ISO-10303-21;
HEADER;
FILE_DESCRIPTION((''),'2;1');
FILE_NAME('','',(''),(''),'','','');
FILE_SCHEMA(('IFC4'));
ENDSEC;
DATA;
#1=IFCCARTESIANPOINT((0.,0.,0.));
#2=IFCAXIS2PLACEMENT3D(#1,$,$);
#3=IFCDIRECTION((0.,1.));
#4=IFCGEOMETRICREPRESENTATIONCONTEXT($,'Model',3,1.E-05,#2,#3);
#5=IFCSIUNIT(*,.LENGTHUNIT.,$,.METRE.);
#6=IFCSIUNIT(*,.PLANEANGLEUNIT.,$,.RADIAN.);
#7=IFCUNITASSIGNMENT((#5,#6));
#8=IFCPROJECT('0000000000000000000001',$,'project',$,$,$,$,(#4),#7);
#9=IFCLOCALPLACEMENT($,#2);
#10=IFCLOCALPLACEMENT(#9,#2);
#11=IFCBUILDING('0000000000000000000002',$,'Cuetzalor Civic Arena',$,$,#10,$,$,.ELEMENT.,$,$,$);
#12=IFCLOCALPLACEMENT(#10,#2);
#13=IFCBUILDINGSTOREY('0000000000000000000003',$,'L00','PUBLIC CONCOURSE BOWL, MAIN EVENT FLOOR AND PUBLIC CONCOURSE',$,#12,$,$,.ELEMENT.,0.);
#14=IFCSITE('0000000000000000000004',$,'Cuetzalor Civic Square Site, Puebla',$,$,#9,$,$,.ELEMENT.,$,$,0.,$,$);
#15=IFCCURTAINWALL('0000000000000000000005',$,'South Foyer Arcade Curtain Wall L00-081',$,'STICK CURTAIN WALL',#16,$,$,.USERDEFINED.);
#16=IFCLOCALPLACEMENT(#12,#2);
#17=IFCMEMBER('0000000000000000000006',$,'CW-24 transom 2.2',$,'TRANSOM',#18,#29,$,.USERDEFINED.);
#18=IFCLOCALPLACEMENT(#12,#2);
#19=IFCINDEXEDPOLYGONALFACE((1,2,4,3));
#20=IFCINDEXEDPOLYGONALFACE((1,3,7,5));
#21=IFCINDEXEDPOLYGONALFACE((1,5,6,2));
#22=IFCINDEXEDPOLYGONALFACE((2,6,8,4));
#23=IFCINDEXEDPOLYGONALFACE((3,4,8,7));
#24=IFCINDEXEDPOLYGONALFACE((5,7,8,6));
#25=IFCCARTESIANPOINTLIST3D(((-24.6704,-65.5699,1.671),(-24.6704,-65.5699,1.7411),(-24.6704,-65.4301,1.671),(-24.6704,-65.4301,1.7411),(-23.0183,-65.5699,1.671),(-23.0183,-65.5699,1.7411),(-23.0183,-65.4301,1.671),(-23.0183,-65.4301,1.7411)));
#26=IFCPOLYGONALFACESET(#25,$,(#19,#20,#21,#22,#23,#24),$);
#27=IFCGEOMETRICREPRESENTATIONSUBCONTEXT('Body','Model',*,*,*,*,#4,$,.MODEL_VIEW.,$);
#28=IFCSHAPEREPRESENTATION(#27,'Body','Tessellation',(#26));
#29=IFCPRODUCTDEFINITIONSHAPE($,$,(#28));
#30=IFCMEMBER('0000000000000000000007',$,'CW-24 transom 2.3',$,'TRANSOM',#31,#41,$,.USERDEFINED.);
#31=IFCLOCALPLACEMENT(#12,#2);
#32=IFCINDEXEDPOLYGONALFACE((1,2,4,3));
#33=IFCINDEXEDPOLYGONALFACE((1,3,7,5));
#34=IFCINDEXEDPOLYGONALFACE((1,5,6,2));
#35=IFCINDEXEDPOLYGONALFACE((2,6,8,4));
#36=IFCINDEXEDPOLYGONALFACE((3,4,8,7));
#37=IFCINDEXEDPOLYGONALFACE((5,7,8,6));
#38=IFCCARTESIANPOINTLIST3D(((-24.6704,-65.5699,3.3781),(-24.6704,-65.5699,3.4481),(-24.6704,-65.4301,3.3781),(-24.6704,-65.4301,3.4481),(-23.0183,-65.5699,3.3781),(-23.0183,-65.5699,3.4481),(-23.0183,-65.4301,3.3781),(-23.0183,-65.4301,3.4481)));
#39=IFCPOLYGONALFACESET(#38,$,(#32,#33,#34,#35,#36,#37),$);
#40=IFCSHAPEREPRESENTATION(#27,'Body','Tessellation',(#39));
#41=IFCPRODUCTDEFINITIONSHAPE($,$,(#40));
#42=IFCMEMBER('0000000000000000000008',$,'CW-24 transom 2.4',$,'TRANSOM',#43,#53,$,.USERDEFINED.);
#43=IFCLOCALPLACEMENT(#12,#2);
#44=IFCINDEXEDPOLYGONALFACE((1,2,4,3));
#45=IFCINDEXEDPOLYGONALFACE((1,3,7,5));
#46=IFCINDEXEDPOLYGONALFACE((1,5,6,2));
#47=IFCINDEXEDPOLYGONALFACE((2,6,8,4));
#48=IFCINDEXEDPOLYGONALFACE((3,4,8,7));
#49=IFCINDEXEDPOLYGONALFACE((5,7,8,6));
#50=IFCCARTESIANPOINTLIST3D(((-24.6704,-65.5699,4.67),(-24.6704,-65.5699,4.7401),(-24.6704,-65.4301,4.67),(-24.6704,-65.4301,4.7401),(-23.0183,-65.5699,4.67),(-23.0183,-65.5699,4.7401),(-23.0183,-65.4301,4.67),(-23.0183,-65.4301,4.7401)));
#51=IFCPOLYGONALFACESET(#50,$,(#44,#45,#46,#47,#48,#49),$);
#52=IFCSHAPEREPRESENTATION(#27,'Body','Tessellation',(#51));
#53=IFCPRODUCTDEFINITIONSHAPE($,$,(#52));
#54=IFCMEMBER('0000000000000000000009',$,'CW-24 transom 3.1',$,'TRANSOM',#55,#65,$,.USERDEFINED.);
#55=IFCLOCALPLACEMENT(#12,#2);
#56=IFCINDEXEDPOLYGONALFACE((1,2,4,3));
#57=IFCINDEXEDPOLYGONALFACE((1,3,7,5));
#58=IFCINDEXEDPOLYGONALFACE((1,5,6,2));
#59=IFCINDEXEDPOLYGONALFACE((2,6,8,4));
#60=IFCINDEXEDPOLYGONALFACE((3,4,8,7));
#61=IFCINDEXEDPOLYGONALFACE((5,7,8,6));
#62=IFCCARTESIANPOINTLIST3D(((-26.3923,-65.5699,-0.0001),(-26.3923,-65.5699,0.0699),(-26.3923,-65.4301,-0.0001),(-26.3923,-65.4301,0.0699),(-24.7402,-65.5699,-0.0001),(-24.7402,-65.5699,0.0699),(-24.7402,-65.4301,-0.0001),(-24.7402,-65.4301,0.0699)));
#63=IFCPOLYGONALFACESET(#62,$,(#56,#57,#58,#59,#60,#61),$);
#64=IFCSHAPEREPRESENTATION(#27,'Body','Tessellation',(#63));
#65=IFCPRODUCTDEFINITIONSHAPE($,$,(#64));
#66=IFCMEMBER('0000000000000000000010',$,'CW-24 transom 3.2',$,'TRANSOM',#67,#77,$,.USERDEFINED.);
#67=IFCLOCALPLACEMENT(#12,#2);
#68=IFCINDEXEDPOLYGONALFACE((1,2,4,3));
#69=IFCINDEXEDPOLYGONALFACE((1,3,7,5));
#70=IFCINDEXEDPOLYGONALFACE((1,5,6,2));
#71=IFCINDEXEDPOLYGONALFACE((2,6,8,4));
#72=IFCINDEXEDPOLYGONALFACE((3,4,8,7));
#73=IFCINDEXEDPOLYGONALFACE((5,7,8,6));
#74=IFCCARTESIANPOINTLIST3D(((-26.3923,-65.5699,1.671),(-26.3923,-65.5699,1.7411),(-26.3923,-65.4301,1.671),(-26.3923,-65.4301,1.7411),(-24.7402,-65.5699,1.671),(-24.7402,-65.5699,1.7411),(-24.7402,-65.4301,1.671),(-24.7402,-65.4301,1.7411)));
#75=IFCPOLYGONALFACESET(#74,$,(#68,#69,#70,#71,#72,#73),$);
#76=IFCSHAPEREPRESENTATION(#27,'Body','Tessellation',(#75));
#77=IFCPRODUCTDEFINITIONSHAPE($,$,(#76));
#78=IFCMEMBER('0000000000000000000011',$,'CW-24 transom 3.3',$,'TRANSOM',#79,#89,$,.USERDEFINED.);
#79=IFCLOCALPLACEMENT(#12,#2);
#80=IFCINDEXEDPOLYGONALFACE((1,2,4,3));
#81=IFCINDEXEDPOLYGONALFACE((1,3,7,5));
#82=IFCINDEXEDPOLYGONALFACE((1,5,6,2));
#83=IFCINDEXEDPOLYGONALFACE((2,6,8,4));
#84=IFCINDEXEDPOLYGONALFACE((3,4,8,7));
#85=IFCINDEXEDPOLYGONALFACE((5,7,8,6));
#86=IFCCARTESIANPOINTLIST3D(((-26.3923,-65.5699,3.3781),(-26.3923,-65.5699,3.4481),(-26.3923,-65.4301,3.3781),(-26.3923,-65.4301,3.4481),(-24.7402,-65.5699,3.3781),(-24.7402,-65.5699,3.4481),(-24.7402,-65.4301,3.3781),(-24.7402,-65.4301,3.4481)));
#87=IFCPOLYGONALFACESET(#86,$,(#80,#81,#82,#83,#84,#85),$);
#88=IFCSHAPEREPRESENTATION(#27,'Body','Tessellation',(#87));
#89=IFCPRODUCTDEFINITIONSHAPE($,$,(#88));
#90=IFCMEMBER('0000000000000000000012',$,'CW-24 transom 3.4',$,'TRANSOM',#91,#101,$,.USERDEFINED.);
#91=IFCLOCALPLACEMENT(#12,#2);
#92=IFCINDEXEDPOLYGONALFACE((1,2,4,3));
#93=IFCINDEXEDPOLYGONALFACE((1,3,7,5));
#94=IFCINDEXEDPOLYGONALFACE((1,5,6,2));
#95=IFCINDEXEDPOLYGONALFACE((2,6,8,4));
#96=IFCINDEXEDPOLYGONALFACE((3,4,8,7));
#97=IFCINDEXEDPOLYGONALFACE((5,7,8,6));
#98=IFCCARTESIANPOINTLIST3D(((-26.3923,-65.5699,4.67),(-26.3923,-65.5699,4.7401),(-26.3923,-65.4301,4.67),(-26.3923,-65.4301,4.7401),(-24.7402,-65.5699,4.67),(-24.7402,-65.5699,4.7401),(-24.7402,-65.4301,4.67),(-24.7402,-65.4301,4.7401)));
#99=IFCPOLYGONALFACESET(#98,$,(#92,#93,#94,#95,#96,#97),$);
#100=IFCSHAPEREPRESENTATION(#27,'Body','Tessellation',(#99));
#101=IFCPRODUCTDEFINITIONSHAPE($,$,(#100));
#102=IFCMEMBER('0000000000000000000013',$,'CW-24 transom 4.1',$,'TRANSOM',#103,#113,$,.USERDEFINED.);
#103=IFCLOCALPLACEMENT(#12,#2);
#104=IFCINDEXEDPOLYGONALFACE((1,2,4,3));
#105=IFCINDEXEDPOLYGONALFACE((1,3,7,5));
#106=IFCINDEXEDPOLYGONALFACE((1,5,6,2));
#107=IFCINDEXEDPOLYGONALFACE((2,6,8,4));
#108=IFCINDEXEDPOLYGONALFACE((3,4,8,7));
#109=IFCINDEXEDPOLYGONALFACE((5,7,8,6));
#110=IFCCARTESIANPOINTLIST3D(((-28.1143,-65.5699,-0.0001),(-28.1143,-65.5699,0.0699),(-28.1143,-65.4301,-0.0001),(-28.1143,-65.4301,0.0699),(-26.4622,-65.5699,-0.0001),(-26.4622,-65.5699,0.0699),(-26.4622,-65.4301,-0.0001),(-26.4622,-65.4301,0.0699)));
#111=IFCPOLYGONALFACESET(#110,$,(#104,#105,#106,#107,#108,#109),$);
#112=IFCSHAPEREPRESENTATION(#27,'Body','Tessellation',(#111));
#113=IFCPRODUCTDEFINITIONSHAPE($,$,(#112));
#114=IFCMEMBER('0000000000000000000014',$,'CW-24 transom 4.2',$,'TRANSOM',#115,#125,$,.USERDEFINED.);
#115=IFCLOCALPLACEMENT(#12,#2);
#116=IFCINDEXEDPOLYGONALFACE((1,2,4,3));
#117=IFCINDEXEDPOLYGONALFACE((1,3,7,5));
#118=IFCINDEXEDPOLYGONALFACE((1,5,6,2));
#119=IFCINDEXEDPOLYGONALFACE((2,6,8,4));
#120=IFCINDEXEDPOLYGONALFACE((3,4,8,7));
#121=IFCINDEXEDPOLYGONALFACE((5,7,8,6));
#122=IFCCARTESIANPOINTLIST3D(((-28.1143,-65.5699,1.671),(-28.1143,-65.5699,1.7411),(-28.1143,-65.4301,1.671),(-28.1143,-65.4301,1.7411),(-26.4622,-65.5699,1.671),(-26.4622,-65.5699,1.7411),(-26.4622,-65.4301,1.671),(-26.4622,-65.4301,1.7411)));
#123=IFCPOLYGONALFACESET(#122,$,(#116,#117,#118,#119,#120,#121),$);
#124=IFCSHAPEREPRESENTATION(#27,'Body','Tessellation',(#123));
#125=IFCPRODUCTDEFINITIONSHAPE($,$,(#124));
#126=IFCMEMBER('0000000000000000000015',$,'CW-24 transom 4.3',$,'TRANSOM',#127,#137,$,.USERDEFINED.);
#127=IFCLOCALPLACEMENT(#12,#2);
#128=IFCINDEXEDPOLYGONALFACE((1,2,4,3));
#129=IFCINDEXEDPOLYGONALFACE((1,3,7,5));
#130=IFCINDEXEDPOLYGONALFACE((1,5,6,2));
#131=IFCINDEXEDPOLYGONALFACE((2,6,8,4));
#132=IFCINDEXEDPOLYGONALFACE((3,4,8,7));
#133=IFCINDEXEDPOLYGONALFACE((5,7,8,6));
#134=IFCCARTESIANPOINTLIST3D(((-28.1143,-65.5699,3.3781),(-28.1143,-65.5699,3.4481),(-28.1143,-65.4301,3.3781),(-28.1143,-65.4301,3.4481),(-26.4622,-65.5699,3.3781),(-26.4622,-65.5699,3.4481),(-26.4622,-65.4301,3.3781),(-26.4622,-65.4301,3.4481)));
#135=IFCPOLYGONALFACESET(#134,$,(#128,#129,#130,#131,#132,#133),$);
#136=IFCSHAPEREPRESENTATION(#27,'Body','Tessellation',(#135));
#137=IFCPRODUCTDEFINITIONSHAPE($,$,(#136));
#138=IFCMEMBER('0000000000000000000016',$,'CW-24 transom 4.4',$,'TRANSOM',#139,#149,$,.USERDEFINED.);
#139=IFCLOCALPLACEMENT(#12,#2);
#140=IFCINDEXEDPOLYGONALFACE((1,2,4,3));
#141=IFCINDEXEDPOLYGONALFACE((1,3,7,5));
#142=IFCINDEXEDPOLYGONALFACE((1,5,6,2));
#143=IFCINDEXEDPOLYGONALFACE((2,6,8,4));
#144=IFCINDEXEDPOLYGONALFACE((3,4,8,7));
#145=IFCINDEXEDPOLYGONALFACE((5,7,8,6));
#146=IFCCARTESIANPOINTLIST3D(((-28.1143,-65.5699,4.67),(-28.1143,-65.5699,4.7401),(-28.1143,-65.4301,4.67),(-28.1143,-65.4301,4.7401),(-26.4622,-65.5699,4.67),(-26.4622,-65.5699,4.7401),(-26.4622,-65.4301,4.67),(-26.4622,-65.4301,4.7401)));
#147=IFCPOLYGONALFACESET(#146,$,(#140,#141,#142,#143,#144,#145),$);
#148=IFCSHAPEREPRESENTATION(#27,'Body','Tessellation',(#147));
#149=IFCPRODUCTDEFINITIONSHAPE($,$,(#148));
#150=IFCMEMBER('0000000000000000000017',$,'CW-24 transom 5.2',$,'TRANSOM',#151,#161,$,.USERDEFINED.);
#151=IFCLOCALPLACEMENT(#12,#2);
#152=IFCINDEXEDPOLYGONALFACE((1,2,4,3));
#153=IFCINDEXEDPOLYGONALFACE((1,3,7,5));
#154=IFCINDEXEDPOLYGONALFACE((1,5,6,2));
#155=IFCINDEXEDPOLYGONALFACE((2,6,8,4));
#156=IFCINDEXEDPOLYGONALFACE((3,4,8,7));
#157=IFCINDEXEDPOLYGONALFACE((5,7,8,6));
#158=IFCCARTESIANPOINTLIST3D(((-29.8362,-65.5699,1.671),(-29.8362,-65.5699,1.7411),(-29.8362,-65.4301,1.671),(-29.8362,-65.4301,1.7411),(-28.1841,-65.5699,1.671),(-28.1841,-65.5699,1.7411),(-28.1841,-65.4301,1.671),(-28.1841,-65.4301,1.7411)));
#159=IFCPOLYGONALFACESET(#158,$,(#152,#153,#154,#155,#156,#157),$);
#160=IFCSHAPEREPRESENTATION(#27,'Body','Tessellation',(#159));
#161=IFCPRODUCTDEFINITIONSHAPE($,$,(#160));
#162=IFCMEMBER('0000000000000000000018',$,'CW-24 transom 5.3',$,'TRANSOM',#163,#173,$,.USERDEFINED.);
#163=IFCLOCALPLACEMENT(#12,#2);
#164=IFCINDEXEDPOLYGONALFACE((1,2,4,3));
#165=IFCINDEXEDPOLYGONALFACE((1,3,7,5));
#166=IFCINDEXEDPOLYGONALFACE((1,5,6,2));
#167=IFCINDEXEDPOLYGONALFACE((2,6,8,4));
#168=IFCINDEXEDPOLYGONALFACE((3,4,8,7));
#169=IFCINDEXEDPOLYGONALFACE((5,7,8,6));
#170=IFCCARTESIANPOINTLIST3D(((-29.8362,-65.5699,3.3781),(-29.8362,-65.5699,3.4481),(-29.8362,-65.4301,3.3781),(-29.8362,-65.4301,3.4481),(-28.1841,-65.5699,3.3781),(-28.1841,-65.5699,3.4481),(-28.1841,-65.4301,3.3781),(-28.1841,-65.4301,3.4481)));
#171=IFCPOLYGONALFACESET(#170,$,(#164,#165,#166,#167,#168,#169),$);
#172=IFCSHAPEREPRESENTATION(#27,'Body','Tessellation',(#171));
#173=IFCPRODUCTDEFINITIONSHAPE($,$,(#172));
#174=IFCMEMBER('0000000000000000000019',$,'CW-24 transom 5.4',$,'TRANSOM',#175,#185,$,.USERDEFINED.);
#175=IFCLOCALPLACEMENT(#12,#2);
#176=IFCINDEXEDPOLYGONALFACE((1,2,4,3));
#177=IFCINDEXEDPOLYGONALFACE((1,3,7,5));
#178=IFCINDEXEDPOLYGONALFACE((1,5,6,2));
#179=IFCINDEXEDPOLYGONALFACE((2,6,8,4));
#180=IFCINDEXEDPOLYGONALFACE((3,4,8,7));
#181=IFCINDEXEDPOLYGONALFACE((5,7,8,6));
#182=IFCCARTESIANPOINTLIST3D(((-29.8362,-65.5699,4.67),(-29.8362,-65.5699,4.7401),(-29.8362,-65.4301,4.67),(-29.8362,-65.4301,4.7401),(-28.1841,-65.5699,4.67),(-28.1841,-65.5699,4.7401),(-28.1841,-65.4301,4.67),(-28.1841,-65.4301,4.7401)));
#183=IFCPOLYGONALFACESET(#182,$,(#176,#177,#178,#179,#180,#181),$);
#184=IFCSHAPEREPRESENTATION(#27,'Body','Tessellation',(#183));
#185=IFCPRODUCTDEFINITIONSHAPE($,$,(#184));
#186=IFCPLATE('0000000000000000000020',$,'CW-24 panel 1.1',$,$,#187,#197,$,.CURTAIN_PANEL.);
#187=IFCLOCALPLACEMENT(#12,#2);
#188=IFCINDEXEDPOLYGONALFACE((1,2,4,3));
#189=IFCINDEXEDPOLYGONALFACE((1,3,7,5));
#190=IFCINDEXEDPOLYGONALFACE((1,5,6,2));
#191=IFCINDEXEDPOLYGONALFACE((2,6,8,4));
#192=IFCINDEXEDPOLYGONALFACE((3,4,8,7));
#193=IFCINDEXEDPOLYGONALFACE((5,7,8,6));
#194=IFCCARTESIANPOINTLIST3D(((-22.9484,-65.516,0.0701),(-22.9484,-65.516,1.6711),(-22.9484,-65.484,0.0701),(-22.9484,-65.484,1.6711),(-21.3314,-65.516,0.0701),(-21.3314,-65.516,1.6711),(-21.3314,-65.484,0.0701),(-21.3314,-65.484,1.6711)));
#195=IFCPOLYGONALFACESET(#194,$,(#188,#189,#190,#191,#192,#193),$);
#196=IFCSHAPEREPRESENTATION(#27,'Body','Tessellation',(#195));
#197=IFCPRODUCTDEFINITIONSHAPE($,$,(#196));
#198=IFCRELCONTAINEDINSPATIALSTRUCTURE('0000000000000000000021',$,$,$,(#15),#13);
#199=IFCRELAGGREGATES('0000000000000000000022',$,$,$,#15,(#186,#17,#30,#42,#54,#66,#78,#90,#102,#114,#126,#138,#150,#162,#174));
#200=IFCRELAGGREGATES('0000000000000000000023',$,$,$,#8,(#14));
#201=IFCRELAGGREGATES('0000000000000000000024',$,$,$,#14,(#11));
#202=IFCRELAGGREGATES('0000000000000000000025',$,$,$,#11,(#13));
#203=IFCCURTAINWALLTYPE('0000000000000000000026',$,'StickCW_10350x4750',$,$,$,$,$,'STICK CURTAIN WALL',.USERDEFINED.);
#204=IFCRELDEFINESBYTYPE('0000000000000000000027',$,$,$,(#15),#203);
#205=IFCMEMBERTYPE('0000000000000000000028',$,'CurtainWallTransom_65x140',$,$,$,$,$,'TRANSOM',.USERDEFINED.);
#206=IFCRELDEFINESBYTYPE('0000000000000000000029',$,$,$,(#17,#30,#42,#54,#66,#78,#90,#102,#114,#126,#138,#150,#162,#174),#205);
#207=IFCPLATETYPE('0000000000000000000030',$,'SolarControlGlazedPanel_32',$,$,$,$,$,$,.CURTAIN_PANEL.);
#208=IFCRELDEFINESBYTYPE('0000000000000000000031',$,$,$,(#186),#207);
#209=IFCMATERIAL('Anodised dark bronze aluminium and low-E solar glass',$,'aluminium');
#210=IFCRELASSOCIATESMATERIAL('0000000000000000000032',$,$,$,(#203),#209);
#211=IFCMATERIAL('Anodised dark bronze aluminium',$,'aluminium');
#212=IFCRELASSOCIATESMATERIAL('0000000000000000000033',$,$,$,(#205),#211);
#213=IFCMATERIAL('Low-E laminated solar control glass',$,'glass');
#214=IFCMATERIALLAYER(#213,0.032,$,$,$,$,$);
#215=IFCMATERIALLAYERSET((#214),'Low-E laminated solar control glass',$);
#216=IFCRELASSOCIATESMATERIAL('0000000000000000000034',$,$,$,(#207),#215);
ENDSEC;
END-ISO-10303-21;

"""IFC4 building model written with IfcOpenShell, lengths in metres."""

from ifc_helpers import new_model, si_unit, direction, frame, origin, origin_2d, place, context, subcontext, project, spatial, rectangle, extrude, material, layer, layer_set, material_profile, profile_set, type_object, element, aggregate, save


model = new_model("IFC4")

# Units and contexts
model_context = context("Model", 3, precision=1e-05, world=origin(), true_north=direction((0.0, 1.0)))
body_context = subcontext(model_context, "Body", "Model", "MODEL_VIEW")
ifc_project = project(units=[si_unit("LENGTHUNIT", "METRE"), si_unit("PLANEANGLEUNIT", "RADIAN")], contexts=[model_context])

# Site, building, storey
site_placement = place(None, origin())
site = spatial("IfcSite", under=ifc_project, at=site_placement, Name="Cuetzalor Civic Square Site, Puebla", CompositionType="ELEMENT", RefElevation=0.0)
building_placement = place(site_placement, origin())
building = spatial("IfcBuilding", under=site, at=building_placement, Name="Cuetzalor Civic Arena", CompositionType="ELEMENT")
storey_placement = place(building_placement, origin())
storey = spatial("IfcBuildingStorey", under=building, at=storey_placement, Name="L00", Description="PUBLIC CONCOURSE BOWL, MAIN EVENT FLOOR AND PUBLIC CONCOURSE", CompositionType="ELEMENT", Elevation=0.0)

# Curtain wall, members, plate
ifc_material_1 = material(Name="Anodised dark bronze aluminium and low-E solar glass", Category="aluminium")
curtain_wall_type = type_object("IfcCurtainWallType", Name="StickCW_10350x4750", ElementType="STICK CURTAIN WALL", PredefinedType="USERDEFINED", material=ifc_material_1)
curtain_wall_placement = place(storey_placement, origin())
curtain_wall = element("IfcCurtainWall", 1, at=curtain_wall_placement, inside=storey, type_object=curtain_wall_type, Name="South Foyer Arcade Curtain Wall L00-081", ObjectType="STICK CURTAIN WALL", PredefinedType="USERDEFINED")
ifc_material_2 = material(Name="Anodised dark bronze aluminium", Category="aluminium")
ifc_material_profile_1 = material_profile(ifc_material_2, rectangle(XDim=0.1399, YDim=0.0701, at=origin_2d()), Name="ALU TRANSOM 70x140")
ifc_profile_set_1 = profile_set([ifc_material_profile_1], Name="Anodised dark bronze aluminium")
member_type_1 = type_object("IfcMemberType", Name="CurtainWallTransom_65x140", ElementType="TRANSOM", PredefinedType="USERDEFINED", material=ifc_profile_set_1)
member_1_placement = place(storey_placement, frame((-23.0183, -65.5, 1.7061), z_axis=(-1.0, 0.0, 0.0), x_axis=(0.0, -1.0, 0.0)))
member_1 = element("IfcMember", 2, at=member_1_placement, type_object=member_type_1, Name="CW-24 transom 2.2", ObjectType="TRANSOM", PredefinedType="USERDEFINED", context=body_context, shape_type="SweptSolid", body=[
    extrude(rectangle(XDim=0.1399, YDim=0.0701, at=origin_2d()), origin(), (0.0, 0.0, 1.0), 1.6521),
])
member_2_placement = place(storey_placement, frame((-23.0183, -65.5, 3.4131), z_axis=(-1.0, 0.0, 0.0), x_axis=(0.0, -1.0, 0.0)))
member_2 = element("IfcMember", 3, at=member_2_placement, type_object=member_type_1, Name="CW-24 transom 2.3", ObjectType="TRANSOM", PredefinedType="USERDEFINED", context=body_context, shape_type="SweptSolid", body=[
    extrude(rectangle(XDim=0.1399, YDim=0.0701, at=origin_2d()), origin(), (0.0, 0.0, 1.0), 1.6521),
])
member_3_placement = place(storey_placement, frame((-23.0183, -65.5, 4.7051), z_axis=(-1.0, 0.0, 0.0), x_axis=(0.0, -1.0, 0.0)))
member_3 = element("IfcMember", 4, at=member_3_placement, type_object=member_type_1, Name="CW-24 transom 2.4", ObjectType="TRANSOM", PredefinedType="USERDEFINED", context=body_context, shape_type="SweptSolid", body=[
    extrude(rectangle(XDim=0.1399, YDim=0.0701, at=origin_2d()), origin(), (0.0, 0.0, 1.0), 1.6521),
])
member_4_placement = place(storey_placement, frame((-24.7402, -65.5, 0.0349), z_axis=(-1.0, 0.0, 0.0), x_axis=(0.0, -1.0, 0.0)))
member_4 = element("IfcMember", 5, at=member_4_placement, type_object=member_type_1, Name="CW-24 transom 3.1", ObjectType="TRANSOM", PredefinedType="USERDEFINED", context=body_context, shape_type="SweptSolid", body=[
    extrude(rectangle(XDim=0.1399, YDim=0.0701, at=origin_2d()), origin(), (0.0, 0.0, 1.0), 1.6521),
])
member_5_placement = place(storey_placement, frame((-24.7402, -65.5, 1.7061), z_axis=(-1.0, 0.0, 0.0), x_axis=(0.0, -1.0, 0.0)))
member_5 = element("IfcMember", 6, at=member_5_placement, type_object=member_type_1, Name="CW-24 transom 3.2", ObjectType="TRANSOM", PredefinedType="USERDEFINED", context=body_context, shape_type="SweptSolid", body=[
    extrude(rectangle(XDim=0.1399, YDim=0.0701, at=origin_2d()), origin(), (0.0, 0.0, 1.0), 1.6521),
])
member_6_placement = place(storey_placement, frame((-24.7402, -65.5, 3.4131), z_axis=(-1.0, 0.0, 0.0), x_axis=(0.0, -1.0, 0.0)))
member_6 = element("IfcMember", 7, at=member_6_placement, type_object=member_type_1, Name="CW-24 transom 3.3", ObjectType="TRANSOM", PredefinedType="USERDEFINED", context=body_context, shape_type="SweptSolid", body=[
    extrude(rectangle(XDim=0.1399, YDim=0.0701, at=origin_2d()), origin(), (0.0, 0.0, 1.0), 1.6521),
])
member_7_placement = place(storey_placement, frame((-24.7402, -65.5, 4.7051), z_axis=(-1.0, 0.0, 0.0), x_axis=(0.0, -1.0, 0.0)))
member_7 = element("IfcMember", 8, at=member_7_placement, type_object=member_type_1, Name="CW-24 transom 3.4", ObjectType="TRANSOM", PredefinedType="USERDEFINED", context=body_context, shape_type="SweptSolid", body=[
    extrude(rectangle(XDim=0.1399, YDim=0.0701, at=origin_2d()), origin(), (0.0, 0.0, 1.0), 1.6521),
])
member_8_placement = place(storey_placement, frame((-26.4622, -65.5, 0.0349), z_axis=(-1.0, 0.0, 0.0), x_axis=(0.0, -1.0, 0.0)))
member_8 = element("IfcMember", 9, at=member_8_placement, type_object=member_type_1, Name="CW-24 transom 4.1", ObjectType="TRANSOM", PredefinedType="USERDEFINED", context=body_context, shape_type="SweptSolid", body=[
    extrude(rectangle(XDim=0.1399, YDim=0.0701, at=origin_2d()), origin(), (0.0, 0.0, 1.0), 1.6521),
])
member_9_placement = place(storey_placement, frame((-26.4622, -65.5, 1.7061), z_axis=(-1.0, 0.0, 0.0), x_axis=(0.0, -1.0, 0.0)))
member_9 = element("IfcMember", 10, at=member_9_placement, type_object=member_type_1, Name="CW-24 transom 4.2", ObjectType="TRANSOM", PredefinedType="USERDEFINED", context=body_context, shape_type="SweptSolid", body=[
    extrude(rectangle(XDim=0.1399, YDim=0.0701, at=origin_2d()), origin(), (0.0, 0.0, 1.0), 1.6521),
])
member_10_placement = place(storey_placement, frame((-26.4622, -65.5, 3.4131), z_axis=(-1.0, 0.0, 0.0), x_axis=(0.0, -1.0, 0.0)))
member_10 = element("IfcMember", 11, at=member_10_placement, type_object=member_type_1, Name="CW-24 transom 4.3", ObjectType="TRANSOM", PredefinedType="USERDEFINED", context=body_context, shape_type="SweptSolid", body=[
    extrude(rectangle(XDim=0.1399, YDim=0.0701, at=origin_2d()), origin(), (0.0, 0.0, 1.0), 1.6521),
])
member_11_placement = place(storey_placement, frame((-26.4622, -65.5, 4.7051), z_axis=(-1.0, 0.0, 0.0), x_axis=(0.0, -1.0, 0.0)))
member_11 = element("IfcMember", 12, at=member_11_placement, type_object=member_type_1, Name="CW-24 transom 4.4", ObjectType="TRANSOM", PredefinedType="USERDEFINED", context=body_context, shape_type="SweptSolid", body=[
    extrude(rectangle(XDim=0.1399, YDim=0.0701, at=origin_2d()), origin(), (0.0, 0.0, 1.0), 1.6521),
])
member_12_placement = place(storey_placement, frame((-28.1841, -65.5, 1.7061), z_axis=(-1.0, 0.0, 0.0), x_axis=(0.0, -1.0, 0.0)))
member_12 = element("IfcMember", 13, at=member_12_placement, type_object=member_type_1, Name="CW-24 transom 5.2", ObjectType="TRANSOM", PredefinedType="USERDEFINED", context=body_context, shape_type="SweptSolid", body=[
    extrude(rectangle(XDim=0.1399, YDim=0.0701, at=origin_2d()), origin(), (0.0, 0.0, 1.0), 1.6521),
])
member_13_placement = place(storey_placement, frame((-28.1841, -65.5, 3.4131), z_axis=(-1.0, 0.0, 0.0), x_axis=(0.0, -1.0, 0.0)))
member_13 = element("IfcMember", 14, at=member_13_placement, type_object=member_type_1, Name="CW-24 transom 5.3", ObjectType="TRANSOM", PredefinedType="USERDEFINED", context=body_context, shape_type="SweptSolid", body=[
    extrude(rectangle(XDim=0.1399, YDim=0.0701, at=origin_2d()), origin(), (0.0, 0.0, 1.0), 1.6521),
])
member_14_placement = place(storey_placement, frame((-28.1841, -65.5, 4.7051), z_axis=(-1.0, 0.0, 0.0), x_axis=(0.0, -1.0, 0.0)))
member_14 = element("IfcMember", 15, at=member_14_placement, type_object=member_type_1, Name="CW-24 transom 5.4", ObjectType="TRANSOM", PredefinedType="USERDEFINED", context=body_context, shape_type="SweptSolid", body=[
    extrude(rectangle(XDim=0.1399, YDim=0.0701, at=origin_2d()), origin(), (0.0, 0.0, 1.0), 1.6521),
])
ifc_material_3 = material(Name="Low-E laminated solar control glass", Category="glass")
ifc_layer_1 = layer(ifc_material_3, 0.032)
ifc_layer_set_1 = layer_set([ifc_layer_1], Name="Low-E laminated solar control glass")
plate_type_1 = type_object("IfcPlateType", Name="SolarControlGlazedPanel_32", PredefinedType="CURTAIN_PANEL", material=ifc_layer_set_1)
plate_1_placement = place(storey_placement, frame((-22.1399, -65.5, 0.0701), z_axis=(0.0, 0.0, 1.0), x_axis=(-1.0, 0.0, 0.0)))
plate_1 = element("IfcPlate", 16, at=plate_1_placement, type_object=plate_type_1, Name="CW-24 panel 1.1", PredefinedType="CURTAIN_PANEL", context=body_context, shape_type="SweptSolid", body=[
    extrude(rectangle(XDim=1.6169, YDim=0.032, at=origin_2d()), origin(), (0.0, 0.0, 1.0), 1.6011),
])
aggregate(curtain_wall, [plate_1, member_1, member_2, member_3, member_4, member_5, member_6, member_7, member_8, member_9, member_10, member_11, member_12, member_13, member_14])

save(model, "model.ifc")
